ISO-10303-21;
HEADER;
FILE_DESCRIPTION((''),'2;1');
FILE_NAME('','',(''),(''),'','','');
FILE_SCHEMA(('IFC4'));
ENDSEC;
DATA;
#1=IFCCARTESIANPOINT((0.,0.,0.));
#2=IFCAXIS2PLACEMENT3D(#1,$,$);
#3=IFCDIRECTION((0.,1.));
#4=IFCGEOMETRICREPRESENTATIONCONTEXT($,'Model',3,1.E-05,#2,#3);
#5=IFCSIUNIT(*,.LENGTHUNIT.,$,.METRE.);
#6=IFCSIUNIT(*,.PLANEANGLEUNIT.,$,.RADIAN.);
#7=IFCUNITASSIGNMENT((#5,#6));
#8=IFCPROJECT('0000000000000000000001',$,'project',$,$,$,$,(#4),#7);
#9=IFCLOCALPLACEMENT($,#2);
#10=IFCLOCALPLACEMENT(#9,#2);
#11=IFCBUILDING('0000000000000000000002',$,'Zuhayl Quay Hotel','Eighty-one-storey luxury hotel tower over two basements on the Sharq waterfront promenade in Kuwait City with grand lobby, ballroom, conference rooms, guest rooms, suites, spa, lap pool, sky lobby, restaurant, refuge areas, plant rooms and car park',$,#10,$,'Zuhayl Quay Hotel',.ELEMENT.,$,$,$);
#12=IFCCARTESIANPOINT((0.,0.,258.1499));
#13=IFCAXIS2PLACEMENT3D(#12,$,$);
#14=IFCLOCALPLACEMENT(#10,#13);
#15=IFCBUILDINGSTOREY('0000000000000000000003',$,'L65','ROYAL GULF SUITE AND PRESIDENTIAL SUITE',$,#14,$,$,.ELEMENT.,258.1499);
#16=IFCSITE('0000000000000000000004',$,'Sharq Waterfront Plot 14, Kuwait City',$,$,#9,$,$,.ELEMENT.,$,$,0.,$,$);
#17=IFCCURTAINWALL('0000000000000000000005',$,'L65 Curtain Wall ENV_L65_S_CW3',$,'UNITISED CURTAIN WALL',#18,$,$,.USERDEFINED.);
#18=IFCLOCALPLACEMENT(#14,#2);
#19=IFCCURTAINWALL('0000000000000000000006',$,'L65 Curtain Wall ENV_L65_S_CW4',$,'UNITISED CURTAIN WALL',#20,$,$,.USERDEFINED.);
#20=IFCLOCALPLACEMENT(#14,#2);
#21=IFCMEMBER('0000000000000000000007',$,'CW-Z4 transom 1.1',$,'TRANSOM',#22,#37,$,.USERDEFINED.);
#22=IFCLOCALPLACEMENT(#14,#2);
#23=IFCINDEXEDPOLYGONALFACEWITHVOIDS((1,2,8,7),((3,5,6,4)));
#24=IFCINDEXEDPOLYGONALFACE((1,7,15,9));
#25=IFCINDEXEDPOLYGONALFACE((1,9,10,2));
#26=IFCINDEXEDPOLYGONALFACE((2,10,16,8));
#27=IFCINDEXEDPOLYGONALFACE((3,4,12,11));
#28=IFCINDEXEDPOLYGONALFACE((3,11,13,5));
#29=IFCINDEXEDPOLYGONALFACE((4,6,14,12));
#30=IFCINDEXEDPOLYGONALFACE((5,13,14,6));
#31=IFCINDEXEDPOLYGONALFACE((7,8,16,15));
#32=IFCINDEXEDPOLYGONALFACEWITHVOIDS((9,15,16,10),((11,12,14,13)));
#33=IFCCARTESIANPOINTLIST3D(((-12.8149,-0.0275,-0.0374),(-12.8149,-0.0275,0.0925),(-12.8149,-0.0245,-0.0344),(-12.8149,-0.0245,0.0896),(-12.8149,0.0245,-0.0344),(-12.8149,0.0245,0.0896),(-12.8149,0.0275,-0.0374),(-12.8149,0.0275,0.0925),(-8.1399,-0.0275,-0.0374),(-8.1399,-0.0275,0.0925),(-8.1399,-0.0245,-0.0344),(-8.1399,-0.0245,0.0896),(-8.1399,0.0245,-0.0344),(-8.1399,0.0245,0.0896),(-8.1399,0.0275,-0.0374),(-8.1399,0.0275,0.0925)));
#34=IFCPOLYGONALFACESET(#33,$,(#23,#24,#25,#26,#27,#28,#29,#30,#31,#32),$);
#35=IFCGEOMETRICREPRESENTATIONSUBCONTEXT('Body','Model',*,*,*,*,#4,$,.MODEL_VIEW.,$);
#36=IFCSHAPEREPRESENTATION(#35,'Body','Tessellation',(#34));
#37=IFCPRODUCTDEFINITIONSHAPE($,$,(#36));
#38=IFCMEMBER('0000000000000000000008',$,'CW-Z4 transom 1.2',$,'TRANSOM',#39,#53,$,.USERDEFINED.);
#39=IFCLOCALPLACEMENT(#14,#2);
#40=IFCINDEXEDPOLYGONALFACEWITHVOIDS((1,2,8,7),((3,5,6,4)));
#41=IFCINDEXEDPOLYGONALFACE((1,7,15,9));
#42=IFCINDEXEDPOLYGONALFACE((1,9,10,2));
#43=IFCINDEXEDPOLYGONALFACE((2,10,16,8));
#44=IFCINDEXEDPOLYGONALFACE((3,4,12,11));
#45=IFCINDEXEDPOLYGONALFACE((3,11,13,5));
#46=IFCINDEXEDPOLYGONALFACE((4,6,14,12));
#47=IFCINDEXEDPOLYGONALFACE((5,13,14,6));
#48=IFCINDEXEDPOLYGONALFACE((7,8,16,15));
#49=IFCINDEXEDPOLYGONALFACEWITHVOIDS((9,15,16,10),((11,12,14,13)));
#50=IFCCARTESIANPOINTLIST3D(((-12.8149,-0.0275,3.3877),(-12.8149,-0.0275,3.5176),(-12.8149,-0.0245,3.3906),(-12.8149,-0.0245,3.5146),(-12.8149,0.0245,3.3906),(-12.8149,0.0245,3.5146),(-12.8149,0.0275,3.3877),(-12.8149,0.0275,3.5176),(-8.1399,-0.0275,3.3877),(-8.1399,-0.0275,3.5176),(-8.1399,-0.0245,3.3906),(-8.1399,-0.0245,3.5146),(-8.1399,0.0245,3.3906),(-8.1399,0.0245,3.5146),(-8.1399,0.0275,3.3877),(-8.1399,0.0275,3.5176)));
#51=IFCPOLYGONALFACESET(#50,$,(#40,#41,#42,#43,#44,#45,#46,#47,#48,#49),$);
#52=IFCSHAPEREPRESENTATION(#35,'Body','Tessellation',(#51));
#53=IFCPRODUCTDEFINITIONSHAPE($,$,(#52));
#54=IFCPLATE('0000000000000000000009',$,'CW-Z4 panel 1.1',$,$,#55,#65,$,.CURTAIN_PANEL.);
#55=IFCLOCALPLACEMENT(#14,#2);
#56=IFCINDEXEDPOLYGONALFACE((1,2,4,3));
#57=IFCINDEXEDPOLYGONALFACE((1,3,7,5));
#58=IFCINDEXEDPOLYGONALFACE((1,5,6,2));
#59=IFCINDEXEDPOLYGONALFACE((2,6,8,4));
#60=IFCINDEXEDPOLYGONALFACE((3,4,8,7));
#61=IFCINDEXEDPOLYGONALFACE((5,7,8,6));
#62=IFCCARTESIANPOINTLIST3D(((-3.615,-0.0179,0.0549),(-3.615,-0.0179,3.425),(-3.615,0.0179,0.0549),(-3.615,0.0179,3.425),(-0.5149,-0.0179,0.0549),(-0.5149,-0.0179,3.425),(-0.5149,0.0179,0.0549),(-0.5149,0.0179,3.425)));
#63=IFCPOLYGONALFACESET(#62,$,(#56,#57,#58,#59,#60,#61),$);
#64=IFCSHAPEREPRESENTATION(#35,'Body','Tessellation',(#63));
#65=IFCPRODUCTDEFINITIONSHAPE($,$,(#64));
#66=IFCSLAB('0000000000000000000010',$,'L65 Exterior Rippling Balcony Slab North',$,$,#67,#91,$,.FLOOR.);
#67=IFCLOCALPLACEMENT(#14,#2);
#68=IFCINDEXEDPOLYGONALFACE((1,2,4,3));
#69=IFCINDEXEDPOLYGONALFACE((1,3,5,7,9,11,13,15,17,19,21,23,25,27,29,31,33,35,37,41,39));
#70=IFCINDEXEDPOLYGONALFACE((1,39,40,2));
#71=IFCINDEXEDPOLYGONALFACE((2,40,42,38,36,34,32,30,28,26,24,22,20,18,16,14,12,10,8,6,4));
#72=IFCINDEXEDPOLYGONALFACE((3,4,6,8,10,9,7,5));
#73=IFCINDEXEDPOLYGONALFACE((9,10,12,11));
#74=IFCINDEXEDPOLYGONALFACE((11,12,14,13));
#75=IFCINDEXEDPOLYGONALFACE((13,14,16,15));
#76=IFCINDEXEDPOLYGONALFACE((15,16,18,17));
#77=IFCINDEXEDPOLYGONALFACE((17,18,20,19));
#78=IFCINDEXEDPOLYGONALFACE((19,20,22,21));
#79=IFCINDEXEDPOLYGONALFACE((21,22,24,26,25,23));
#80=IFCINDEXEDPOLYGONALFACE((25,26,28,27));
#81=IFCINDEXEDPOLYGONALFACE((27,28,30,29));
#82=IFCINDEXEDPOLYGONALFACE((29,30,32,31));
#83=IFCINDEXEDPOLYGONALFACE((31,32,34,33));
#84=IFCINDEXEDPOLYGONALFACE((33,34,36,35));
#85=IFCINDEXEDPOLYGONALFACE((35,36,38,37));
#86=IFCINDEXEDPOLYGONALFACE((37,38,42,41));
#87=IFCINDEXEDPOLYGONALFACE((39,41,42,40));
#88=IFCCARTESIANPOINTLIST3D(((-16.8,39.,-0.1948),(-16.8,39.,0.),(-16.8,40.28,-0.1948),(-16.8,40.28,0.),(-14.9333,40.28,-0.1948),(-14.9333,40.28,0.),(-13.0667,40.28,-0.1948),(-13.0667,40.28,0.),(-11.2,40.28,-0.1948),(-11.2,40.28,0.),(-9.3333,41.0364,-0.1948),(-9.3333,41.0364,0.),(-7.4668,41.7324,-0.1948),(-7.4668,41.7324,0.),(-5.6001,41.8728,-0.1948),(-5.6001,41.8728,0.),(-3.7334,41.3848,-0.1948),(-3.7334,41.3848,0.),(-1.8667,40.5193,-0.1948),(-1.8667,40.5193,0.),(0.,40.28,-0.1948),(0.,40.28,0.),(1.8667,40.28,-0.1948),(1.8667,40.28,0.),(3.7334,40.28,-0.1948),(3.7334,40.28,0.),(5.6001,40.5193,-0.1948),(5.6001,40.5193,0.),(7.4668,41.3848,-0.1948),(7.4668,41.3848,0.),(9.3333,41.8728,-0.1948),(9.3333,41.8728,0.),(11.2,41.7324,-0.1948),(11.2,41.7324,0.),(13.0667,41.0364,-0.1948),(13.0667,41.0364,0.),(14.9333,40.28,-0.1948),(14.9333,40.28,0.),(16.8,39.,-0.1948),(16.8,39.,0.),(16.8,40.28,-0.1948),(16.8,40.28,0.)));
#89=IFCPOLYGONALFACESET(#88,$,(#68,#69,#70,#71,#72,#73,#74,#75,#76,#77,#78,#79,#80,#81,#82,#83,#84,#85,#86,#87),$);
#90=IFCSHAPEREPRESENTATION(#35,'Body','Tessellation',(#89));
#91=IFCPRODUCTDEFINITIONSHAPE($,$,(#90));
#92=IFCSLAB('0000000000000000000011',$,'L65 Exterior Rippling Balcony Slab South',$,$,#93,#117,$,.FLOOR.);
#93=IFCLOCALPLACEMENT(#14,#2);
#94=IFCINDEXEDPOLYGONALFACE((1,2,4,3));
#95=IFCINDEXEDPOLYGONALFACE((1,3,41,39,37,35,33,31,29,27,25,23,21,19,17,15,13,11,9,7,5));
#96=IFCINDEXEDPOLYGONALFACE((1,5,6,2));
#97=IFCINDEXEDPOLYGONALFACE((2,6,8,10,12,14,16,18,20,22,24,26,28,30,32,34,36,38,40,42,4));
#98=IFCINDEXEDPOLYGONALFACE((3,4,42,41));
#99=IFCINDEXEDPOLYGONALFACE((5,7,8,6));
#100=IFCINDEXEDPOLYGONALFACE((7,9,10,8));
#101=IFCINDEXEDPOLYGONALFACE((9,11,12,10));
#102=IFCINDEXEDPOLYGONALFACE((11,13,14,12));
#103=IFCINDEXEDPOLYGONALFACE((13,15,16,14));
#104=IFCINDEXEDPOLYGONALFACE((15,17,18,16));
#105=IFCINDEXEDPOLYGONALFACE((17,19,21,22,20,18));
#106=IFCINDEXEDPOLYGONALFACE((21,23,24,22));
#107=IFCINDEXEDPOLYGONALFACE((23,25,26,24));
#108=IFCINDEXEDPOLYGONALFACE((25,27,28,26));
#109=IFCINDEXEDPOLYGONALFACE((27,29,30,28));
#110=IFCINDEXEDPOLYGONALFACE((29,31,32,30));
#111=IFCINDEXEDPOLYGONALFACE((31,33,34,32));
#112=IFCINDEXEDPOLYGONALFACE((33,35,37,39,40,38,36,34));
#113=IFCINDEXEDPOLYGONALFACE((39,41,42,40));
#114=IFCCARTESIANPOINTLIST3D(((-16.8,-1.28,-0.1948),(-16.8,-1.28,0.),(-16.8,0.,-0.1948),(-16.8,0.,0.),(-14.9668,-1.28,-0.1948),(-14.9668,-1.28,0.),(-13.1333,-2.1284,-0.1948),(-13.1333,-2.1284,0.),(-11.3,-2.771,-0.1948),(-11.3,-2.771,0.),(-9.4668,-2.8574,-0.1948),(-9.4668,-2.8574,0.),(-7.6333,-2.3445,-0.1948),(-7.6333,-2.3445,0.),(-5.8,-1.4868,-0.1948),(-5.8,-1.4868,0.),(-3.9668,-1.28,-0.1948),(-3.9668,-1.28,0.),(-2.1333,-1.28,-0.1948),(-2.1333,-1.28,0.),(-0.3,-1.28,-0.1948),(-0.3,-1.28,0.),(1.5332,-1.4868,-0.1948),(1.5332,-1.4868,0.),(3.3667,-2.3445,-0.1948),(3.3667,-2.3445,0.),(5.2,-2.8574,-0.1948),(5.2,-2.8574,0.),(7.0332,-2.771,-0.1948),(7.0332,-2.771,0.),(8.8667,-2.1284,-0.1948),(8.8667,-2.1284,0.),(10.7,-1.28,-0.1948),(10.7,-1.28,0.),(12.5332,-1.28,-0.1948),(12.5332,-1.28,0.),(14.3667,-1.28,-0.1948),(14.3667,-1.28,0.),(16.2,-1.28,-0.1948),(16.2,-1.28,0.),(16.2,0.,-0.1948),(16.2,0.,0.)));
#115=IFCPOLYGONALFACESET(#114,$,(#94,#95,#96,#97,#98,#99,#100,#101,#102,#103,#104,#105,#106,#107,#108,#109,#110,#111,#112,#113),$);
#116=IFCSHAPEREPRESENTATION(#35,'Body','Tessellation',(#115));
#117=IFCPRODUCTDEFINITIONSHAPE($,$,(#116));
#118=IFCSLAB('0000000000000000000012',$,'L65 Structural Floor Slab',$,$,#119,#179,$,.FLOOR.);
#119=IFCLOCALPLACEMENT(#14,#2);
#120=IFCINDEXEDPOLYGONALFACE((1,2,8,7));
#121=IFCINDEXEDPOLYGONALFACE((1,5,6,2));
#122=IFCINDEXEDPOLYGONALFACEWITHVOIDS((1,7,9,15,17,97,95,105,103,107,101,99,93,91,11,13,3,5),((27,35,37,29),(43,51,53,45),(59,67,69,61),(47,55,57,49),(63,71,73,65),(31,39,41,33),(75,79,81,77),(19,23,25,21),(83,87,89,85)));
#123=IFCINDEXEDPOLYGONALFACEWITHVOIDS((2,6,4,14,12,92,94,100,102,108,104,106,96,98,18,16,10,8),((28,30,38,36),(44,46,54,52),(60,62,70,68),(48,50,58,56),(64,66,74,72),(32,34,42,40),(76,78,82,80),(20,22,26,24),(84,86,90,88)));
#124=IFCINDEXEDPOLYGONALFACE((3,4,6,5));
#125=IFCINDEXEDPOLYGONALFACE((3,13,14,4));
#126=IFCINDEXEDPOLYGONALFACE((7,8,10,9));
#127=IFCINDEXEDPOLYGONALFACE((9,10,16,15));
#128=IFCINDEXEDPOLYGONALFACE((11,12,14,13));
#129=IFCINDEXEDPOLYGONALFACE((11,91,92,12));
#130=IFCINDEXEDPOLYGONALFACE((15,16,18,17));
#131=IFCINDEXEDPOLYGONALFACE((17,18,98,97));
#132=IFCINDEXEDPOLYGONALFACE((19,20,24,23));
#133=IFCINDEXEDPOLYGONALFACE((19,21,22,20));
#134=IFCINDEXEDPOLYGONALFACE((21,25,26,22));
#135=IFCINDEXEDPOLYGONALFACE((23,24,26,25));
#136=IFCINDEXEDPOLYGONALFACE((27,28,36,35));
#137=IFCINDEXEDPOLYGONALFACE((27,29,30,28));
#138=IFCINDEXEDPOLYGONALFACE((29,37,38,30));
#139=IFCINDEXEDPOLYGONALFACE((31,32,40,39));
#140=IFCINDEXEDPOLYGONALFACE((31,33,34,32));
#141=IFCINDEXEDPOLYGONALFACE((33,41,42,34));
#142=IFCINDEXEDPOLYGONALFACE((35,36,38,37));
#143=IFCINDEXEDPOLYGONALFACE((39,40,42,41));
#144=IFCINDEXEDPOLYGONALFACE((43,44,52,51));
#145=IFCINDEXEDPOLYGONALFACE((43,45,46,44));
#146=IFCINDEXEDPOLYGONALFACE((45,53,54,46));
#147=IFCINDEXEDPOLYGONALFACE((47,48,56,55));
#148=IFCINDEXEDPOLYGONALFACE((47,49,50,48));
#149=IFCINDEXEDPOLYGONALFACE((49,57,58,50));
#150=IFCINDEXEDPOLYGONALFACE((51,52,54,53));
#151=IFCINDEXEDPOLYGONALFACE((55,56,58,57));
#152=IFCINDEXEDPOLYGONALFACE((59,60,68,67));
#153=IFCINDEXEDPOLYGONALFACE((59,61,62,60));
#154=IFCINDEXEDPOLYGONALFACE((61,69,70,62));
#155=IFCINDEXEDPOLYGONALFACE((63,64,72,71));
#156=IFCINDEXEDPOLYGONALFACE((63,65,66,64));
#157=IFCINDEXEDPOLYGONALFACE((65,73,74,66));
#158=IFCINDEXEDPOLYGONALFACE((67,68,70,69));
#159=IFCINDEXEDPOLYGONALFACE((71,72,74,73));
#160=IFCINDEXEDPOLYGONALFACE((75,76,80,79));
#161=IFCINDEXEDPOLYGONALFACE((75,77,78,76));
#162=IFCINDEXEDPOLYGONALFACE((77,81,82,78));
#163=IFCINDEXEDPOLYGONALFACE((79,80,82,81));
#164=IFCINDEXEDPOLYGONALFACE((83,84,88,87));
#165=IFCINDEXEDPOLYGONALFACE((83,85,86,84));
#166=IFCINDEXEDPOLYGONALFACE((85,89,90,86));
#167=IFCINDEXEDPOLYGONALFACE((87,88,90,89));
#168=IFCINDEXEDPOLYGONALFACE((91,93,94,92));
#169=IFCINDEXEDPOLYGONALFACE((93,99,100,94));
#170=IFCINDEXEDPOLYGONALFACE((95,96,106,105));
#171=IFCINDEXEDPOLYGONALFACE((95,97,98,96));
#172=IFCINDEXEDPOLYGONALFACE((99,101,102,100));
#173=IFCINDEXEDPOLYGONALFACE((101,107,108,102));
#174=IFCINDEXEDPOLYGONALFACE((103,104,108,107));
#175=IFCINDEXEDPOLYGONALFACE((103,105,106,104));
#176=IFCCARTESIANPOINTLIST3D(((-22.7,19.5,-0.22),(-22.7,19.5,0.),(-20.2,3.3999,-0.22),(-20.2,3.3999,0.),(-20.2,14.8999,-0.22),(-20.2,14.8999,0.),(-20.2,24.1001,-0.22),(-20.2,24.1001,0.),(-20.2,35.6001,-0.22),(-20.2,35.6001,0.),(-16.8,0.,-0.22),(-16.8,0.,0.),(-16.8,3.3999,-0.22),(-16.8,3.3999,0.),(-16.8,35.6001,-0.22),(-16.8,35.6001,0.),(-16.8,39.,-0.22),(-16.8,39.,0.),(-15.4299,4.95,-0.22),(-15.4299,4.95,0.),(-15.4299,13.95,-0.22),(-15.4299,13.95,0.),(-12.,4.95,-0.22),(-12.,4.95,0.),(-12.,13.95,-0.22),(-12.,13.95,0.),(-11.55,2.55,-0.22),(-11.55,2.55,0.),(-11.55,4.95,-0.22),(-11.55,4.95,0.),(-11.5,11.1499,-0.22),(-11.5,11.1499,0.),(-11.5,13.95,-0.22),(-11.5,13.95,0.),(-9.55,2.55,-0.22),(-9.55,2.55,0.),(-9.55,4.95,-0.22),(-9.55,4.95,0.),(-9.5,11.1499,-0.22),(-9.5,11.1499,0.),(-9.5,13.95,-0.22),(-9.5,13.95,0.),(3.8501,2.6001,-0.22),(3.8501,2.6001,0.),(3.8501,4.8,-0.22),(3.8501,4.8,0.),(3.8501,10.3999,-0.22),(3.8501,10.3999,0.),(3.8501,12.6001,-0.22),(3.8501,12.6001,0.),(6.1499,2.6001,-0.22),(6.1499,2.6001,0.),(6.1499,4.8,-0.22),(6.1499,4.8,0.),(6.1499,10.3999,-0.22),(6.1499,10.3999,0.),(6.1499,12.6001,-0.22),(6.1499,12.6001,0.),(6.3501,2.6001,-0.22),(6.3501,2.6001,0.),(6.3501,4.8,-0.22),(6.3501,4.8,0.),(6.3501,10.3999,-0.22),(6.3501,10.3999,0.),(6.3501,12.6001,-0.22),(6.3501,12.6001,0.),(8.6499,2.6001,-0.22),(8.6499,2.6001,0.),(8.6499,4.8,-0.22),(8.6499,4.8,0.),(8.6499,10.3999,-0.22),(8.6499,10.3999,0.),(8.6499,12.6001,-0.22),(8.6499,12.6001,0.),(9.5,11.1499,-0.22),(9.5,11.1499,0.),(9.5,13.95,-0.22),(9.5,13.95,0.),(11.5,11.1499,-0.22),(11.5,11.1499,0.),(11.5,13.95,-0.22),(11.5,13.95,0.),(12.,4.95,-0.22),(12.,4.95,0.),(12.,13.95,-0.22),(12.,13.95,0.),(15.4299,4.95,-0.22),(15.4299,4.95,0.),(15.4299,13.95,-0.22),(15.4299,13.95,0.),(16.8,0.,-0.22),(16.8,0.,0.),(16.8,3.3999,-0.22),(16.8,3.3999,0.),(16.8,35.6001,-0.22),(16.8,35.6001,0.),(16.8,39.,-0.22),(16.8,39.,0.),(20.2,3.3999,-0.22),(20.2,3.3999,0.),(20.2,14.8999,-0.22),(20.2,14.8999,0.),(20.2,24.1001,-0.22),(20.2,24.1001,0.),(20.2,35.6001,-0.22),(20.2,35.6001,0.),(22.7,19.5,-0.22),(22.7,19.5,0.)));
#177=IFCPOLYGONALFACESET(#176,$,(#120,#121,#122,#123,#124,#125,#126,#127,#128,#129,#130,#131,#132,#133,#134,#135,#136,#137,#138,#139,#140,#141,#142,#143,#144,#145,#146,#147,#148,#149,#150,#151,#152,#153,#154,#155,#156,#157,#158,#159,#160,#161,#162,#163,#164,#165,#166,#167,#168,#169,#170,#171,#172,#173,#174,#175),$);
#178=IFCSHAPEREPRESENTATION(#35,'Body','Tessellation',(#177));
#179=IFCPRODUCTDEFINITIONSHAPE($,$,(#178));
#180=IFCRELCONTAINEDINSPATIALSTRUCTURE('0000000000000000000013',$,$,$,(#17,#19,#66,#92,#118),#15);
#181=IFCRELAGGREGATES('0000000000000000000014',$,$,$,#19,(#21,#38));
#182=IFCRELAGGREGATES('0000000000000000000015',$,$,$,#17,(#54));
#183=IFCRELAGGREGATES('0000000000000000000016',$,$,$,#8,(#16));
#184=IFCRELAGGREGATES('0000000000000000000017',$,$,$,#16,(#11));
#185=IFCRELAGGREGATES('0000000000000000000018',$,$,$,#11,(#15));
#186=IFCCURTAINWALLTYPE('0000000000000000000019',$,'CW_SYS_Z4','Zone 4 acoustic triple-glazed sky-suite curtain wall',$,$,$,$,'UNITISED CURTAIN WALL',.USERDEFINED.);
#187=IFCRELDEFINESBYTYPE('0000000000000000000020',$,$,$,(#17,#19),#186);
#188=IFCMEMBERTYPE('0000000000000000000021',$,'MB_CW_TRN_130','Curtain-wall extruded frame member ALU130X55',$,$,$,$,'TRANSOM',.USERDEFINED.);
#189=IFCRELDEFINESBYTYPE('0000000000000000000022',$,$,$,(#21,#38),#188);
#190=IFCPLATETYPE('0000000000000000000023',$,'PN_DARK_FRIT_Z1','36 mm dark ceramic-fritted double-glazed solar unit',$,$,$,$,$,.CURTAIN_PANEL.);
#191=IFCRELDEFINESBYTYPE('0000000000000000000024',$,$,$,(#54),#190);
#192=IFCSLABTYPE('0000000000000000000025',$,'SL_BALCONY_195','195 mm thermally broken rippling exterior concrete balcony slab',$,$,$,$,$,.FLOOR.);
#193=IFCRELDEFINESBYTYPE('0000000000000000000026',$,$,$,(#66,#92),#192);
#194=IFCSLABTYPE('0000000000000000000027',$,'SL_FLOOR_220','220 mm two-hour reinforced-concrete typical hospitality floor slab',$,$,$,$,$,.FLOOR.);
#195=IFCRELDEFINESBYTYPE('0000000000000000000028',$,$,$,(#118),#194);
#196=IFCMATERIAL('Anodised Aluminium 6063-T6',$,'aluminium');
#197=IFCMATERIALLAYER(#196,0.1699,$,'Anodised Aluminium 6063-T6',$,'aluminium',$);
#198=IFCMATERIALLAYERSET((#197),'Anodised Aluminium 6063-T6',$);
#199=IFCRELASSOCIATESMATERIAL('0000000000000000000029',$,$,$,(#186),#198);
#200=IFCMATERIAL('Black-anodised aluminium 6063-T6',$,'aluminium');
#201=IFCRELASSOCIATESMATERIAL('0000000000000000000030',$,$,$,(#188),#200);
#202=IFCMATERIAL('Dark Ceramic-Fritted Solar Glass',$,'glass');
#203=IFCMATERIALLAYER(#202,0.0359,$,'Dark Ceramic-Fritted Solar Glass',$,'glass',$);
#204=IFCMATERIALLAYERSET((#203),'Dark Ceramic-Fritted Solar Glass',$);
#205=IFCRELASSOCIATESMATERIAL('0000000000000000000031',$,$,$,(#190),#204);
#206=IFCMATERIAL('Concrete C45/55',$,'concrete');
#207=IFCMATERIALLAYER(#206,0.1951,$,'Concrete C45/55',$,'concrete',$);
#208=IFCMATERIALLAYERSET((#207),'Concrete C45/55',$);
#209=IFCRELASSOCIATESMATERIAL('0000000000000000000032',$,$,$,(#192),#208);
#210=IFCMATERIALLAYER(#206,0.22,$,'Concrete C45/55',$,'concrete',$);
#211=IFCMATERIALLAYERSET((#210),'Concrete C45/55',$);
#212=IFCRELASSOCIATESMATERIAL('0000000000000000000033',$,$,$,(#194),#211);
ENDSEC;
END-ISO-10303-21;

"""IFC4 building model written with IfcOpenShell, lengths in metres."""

from ifc_helpers import new_model, si_unit, direction, frame, origin, origin_2d, place, context, subcontext, project, spatial, polyline, rectangle, hollow_rectangle, outline, extrude, material, layer, layer_set, material_profile, profile_set, type_object, element, aggregate, save


model = new_model("IFC4")

# Units and contexts
model_context = context("Model", 3, precision=1e-05, world=origin(), true_north=direction((0.0, 1.0)))
body_context = subcontext(model_context, "Body", "Model", "MODEL_VIEW")
ifc_project = project(units=[si_unit("LENGTHUNIT", "METRE"), si_unit("PLANEANGLEUNIT", "RADIAN")], contexts=[model_context])

# Site, building, storey
site_placement = place(None, origin())
site = spatial("IfcSite", under=ifc_project, at=site_placement, Name="Sharq Waterfront Plot 14, Kuwait City", CompositionType="ELEMENT", RefElevation=0.0)
building_placement = place(site_placement, origin())
building = spatial("IfcBuilding", under=site, at=building_placement, Name="Zuhayl Quay Hotel", Description="Eighty-one-storey luxury hotel tower over two basements on the Sharq waterfront promenade in Kuwait City with grand lobby, ballroom, conference rooms, guest rooms, suites, spa, lap pool, sky lobby, restaurant, refuge areas, plant rooms and car park", LongName="Zuhayl Quay Hotel", CompositionType="ELEMENT")
storey_placement = place(building_placement, frame((0.0, 0.0, 258.1499)))
storey = spatial("IfcBuildingStorey", under=building, at=storey_placement, Name="L65", Description="ROYAL GULF SUITE AND PRESIDENTIAL SUITE", CompositionType="ELEMENT", Elevation=258.1499)

# Curtain wall
ifc_material_1 = material(Name="Anodised Aluminium 6063-T6", Category="aluminium")
ifc_layer_1 = layer(ifc_material_1, 0.1699, Name="Anodised Aluminium 6063-T6", Category="aluminium")
ifc_layer_set_1 = layer_set([ifc_layer_1], Name="Anodised Aluminium 6063-T6")
curtain_wall_type = type_object("IfcCurtainWallType", Name="CW_SYS_Z4", Description="Zone 4 acoustic triple-glazed sky-suite curtain wall", ElementType="UNITISED CURTAIN WALL", PredefinedType="USERDEFINED", material=ifc_layer_set_1)
curtain_wall_1_placement = place(storey_placement, origin())
curtain_wall_1 = element("IfcCurtainWall", 1, at=curtain_wall_1_placement, inside=storey, type_object=curtain_wall_type, Name="L65 Curtain Wall ENV_L65_S_CW3", ObjectType="UNITISED CURTAIN WALL", PredefinedType="USERDEFINED")
ifc_material_2 = material(Name="Black-anodised aluminium 6063-T6", Category="aluminium")

# Curtain wall
curtain_wall_2_placement = place(storey_placement, origin())
curtain_wall_2 = element("IfcCurtainWall", 2, at=curtain_wall_2_placement, inside=storey, type_object=curtain_wall_type, Name="L65 Curtain Wall ENV_L65_S_CW4", ObjectType="UNITISED CURTAIN WALL", PredefinedType="USERDEFINED")

# Members
ifc_material_profile_1 = material_profile(ifc_material_2, hollow_rectangle(XDim=0.0549, YDim=0.1299, WallThickness=0.0029, at=origin_2d()), Name="ALU130X55")
ifc_profile_set_1 = profile_set([ifc_material_profile_1], Name="Black-anodised aluminium 6063-T6")
member_type_1 = type_object("IfcMemberType", Name="MB_CW_TRN_130", Description="Curtain-wall extruded frame member ALU130X55", ElementType="TRANSOM", PredefinedType="USERDEFINED", material=ifc_profile_set_1)
member_1_placement = place(storey_placement, frame((-8.1399, 0.0, 0.0276), z_axis=(-1.0, 0.0, 0.0), x_axis=(0.0, -1.0, 0.0)))
member_1 = element("IfcMember", 3, at=member_1_placement, type_object=member_type_1, Name="CW-Z4 transom 1.1", ObjectType="TRANSOM", PredefinedType="USERDEFINED", context=body_context, shape_type="SweptSolid", body=[
    extrude(hollow_rectangle(XDim=0.0549, YDim=0.1299, WallThickness=0.0029, at=origin_2d()), origin(), (0.0, 0.0, 1.0), 4.675),
])
member_2_placement = place(storey_placement, frame((-8.1399, 0.0, 3.4526), z_axis=(-1.0, 0.0, 0.0), x_axis=(0.0, -1.0, 0.0)))
member_2 = element("IfcMember", 4, at=member_2_placement, type_object=member_type_1, Name="CW-Z4 transom 1.2", ObjectType="TRANSOM", PredefinedType="USERDEFINED", context=body_context, shape_type="SweptSolid", body=[
    extrude(hollow_rectangle(XDim=0.0549, YDim=0.1299, WallThickness=0.0029, at=origin_2d()), origin(), (0.0, 0.0, 1.0), 4.675),
])
aggregate(curtain_wall_2, [member_1, member_2])

# Plate
ifc_material_3 = material(Name="Dark Ceramic-Fritted Solar Glass", Category="glass")
ifc_layer_2 = layer(ifc_material_3, 0.0359, Name="Dark Ceramic-Fritted Solar Glass", Category="glass")
ifc_layer_set_2 = layer_set([ifc_layer_2], Name="Dark Ceramic-Fritted Solar Glass")
plate_type = type_object("IfcPlateType", Name="PN_DARK_FRIT_Z1", Description="36 mm dark ceramic-fritted double-glazed solar unit", PredefinedType="CURTAIN_PANEL", material=ifc_layer_set_2)
plate_placement = place(storey_placement, frame((-2.0649, 0.0, 0.0549), z_axis=(0.0, 0.0, 1.0), x_axis=(-1.0, 0.0, 0.0)))
plate = element("IfcPlate", 5, at=plate_placement, type_object=plate_type, Name="CW-Z4 panel 1.1", PredefinedType="CURTAIN_PANEL", context=body_context, shape_type="SweptSolid", body=[
    extrude(rectangle(XDim=3.1001, YDim=0.0359, at=origin_2d()), origin(), (0.0, 0.0, 1.0), 3.3701),
])
aggregate(curtain_wall_1, [plate])

# Slabs
ifc_material_4 = material(Name="Concrete C45/55", Category="concrete")
ifc_layer_3 = layer(ifc_material_4, 0.1951, Name="Concrete C45/55", Category="concrete")
ifc_layer_set_3 = layer_set([ifc_layer_3], Name="Concrete C45/55")
slab_type_1 = type_object("IfcSlabType", Name="SL_BALCONY_195", Description="195 mm thermally broken rippling exterior concrete balcony slab", PredefinedType="FLOOR", material=ifc_layer_set_3)
slab_1_placement = place(storey_placement, frame((0.0, 0.0, -0.1948)))
element("IfcSlab", 6, at=slab_1_placement, inside=storey, type_object=slab_type_1, Name="L65 Exterior Rippling Balcony Slab North", PredefinedType="FLOOR", context=body_context, shape_type="SweptSolid", body=[
    extrude(outline(polyline([(-16.8, 39.0), (16.8, 39.0), (16.8, 40.28), (14.9333, 40.28), (13.0667, 41.0364), (11.2, 41.7324), (9.3333, 41.8728), (7.4668, 41.3848), (5.6001, 40.5193), (3.7334, 40.28), (1.8667, 40.28), (0.0, 40.28), (-1.8667, 40.5193), (-3.7334, 41.3848), (-5.6001, 41.8728), (-7.4668, 41.7324), (-9.3333, 41.0364), (-11.2, 40.28), (-13.0667, 40.28), (-14.9333, 40.28), (-16.8, 40.28), (-16.8, 39.0)])), origin(), (0.0, 0.0, 1.0), 0.1948),
])
slab_2_placement = place(storey_placement, frame((0.0, 0.0, -0.1948)))
element("IfcSlab", 7, at=slab_2_placement, inside=storey, type_object=slab_type_1, Name="L65 Exterior Rippling Balcony Slab South", PredefinedType="FLOOR", context=body_context, shape_type="SweptSolid", body=[
    extrude(outline(polyline([(-16.8, -1.28), (-14.9668, -1.28), (-13.1333, -2.1284), (-11.3, -2.771), (-9.4668, -2.8574), (-7.6333, -2.3445), (-5.8, -1.4868), (-3.9668, -1.28), (-2.1333, -1.28), (-0.3, -1.28), (1.5332, -1.4868), (3.3667, -2.3445), (5.2, -2.8574), (7.0332, -2.771), (8.8667, -2.1284), (10.7, -1.28), (12.5332, -1.28), (14.3667, -1.28), (16.2, -1.28), (16.2, 0.0), (-16.8, 0.0), (-16.8, -1.28)])), origin(), (0.0, 0.0, 1.0), 0.1948),
])
ifc_layer_4 = layer(ifc_material_4, 0.22, Name="Concrete C45/55", Category="concrete")
ifc_layer_set_4 = layer_set([ifc_layer_4], Name="Concrete C45/55")
slab_type_2 = type_object("IfcSlabType", Name="SL_FLOOR_220", Description="220 mm two-hour reinforced-concrete typical hospitality floor slab", PredefinedType="FLOOR", material=ifc_layer_set_4)
slab_3_placement = place(storey_placement, frame((0.0, 0.0, -0.22)))
element("IfcSlab", 8, at=slab_3_placement, inside=storey, type_object=slab_type_2, Name="L65 Structural Floor Slab", PredefinedType="FLOOR", context=body_context, shape_type="SweptSolid", body=[
    extrude(outline(polyline([(-16.8, 0.0), (16.8, 0.0), (16.8, 3.3999), (20.2, 3.3999), (20.2, 14.8999), (22.7, 19.5), (20.2, 24.1001), (20.2, 35.6001), (16.8, 35.6001), (16.8, 39.0), (-16.8, 39.0), (-16.8, 35.6001), (-20.2, 35.6001), (-20.2, 24.1001), (-22.7, 19.5), (-20.2, 14.8999), (-20.2, 3.3999), (-16.8, 3.3999), (-16.8, 0.0)]), holes=[polyline([(-12.0, 4.95), (-12.0, 13.95), (-15.4299, 13.95), (-15.4299, 4.95), (-12.0, 4.95)]), polyline([(15.4299, 4.95), (15.4299, 13.95), (12.0, 13.95), (12.0, 4.95), (15.4299, 4.95)]), polyline([(-11.5, 11.1499), (-9.5, 11.1499), (-9.5, 13.95), (-11.5, 13.95), (-11.5, 11.1499)]), polyline([(9.5, 11.1499), (11.5, 11.1499), (11.5, 13.95), (9.5, 13.95), (9.5, 11.1499)]), polyline([(3.8501, 2.6001), (6.1499, 2.6001), (6.1499, 4.8), (3.8501, 4.8), (3.8501, 2.6001)]), polyline([(6.3501, 2.6001), (8.6499, 2.6001), (8.6499, 4.8), (6.3501, 4.8), (6.3501, 2.6001)]), polyline([(3.8501, 10.3999), (6.1499, 10.3999), (6.1499, 12.6001), (3.8501, 12.6001), (3.8501, 10.3999)]), polyline([(6.3501, 10.3999), (8.6499, 10.3999), (8.6499, 12.6001), (6.3501, 12.6001), (6.3501, 10.3999)]), polyline([(-11.55, 2.55), (-9.55, 2.55), (-9.55, 4.95), (-11.55, 4.95), (-11.55, 2.55)])]), origin(), (0.0, 0.0, 1.0), 0.22),
])

save(model, "model.ifc")
